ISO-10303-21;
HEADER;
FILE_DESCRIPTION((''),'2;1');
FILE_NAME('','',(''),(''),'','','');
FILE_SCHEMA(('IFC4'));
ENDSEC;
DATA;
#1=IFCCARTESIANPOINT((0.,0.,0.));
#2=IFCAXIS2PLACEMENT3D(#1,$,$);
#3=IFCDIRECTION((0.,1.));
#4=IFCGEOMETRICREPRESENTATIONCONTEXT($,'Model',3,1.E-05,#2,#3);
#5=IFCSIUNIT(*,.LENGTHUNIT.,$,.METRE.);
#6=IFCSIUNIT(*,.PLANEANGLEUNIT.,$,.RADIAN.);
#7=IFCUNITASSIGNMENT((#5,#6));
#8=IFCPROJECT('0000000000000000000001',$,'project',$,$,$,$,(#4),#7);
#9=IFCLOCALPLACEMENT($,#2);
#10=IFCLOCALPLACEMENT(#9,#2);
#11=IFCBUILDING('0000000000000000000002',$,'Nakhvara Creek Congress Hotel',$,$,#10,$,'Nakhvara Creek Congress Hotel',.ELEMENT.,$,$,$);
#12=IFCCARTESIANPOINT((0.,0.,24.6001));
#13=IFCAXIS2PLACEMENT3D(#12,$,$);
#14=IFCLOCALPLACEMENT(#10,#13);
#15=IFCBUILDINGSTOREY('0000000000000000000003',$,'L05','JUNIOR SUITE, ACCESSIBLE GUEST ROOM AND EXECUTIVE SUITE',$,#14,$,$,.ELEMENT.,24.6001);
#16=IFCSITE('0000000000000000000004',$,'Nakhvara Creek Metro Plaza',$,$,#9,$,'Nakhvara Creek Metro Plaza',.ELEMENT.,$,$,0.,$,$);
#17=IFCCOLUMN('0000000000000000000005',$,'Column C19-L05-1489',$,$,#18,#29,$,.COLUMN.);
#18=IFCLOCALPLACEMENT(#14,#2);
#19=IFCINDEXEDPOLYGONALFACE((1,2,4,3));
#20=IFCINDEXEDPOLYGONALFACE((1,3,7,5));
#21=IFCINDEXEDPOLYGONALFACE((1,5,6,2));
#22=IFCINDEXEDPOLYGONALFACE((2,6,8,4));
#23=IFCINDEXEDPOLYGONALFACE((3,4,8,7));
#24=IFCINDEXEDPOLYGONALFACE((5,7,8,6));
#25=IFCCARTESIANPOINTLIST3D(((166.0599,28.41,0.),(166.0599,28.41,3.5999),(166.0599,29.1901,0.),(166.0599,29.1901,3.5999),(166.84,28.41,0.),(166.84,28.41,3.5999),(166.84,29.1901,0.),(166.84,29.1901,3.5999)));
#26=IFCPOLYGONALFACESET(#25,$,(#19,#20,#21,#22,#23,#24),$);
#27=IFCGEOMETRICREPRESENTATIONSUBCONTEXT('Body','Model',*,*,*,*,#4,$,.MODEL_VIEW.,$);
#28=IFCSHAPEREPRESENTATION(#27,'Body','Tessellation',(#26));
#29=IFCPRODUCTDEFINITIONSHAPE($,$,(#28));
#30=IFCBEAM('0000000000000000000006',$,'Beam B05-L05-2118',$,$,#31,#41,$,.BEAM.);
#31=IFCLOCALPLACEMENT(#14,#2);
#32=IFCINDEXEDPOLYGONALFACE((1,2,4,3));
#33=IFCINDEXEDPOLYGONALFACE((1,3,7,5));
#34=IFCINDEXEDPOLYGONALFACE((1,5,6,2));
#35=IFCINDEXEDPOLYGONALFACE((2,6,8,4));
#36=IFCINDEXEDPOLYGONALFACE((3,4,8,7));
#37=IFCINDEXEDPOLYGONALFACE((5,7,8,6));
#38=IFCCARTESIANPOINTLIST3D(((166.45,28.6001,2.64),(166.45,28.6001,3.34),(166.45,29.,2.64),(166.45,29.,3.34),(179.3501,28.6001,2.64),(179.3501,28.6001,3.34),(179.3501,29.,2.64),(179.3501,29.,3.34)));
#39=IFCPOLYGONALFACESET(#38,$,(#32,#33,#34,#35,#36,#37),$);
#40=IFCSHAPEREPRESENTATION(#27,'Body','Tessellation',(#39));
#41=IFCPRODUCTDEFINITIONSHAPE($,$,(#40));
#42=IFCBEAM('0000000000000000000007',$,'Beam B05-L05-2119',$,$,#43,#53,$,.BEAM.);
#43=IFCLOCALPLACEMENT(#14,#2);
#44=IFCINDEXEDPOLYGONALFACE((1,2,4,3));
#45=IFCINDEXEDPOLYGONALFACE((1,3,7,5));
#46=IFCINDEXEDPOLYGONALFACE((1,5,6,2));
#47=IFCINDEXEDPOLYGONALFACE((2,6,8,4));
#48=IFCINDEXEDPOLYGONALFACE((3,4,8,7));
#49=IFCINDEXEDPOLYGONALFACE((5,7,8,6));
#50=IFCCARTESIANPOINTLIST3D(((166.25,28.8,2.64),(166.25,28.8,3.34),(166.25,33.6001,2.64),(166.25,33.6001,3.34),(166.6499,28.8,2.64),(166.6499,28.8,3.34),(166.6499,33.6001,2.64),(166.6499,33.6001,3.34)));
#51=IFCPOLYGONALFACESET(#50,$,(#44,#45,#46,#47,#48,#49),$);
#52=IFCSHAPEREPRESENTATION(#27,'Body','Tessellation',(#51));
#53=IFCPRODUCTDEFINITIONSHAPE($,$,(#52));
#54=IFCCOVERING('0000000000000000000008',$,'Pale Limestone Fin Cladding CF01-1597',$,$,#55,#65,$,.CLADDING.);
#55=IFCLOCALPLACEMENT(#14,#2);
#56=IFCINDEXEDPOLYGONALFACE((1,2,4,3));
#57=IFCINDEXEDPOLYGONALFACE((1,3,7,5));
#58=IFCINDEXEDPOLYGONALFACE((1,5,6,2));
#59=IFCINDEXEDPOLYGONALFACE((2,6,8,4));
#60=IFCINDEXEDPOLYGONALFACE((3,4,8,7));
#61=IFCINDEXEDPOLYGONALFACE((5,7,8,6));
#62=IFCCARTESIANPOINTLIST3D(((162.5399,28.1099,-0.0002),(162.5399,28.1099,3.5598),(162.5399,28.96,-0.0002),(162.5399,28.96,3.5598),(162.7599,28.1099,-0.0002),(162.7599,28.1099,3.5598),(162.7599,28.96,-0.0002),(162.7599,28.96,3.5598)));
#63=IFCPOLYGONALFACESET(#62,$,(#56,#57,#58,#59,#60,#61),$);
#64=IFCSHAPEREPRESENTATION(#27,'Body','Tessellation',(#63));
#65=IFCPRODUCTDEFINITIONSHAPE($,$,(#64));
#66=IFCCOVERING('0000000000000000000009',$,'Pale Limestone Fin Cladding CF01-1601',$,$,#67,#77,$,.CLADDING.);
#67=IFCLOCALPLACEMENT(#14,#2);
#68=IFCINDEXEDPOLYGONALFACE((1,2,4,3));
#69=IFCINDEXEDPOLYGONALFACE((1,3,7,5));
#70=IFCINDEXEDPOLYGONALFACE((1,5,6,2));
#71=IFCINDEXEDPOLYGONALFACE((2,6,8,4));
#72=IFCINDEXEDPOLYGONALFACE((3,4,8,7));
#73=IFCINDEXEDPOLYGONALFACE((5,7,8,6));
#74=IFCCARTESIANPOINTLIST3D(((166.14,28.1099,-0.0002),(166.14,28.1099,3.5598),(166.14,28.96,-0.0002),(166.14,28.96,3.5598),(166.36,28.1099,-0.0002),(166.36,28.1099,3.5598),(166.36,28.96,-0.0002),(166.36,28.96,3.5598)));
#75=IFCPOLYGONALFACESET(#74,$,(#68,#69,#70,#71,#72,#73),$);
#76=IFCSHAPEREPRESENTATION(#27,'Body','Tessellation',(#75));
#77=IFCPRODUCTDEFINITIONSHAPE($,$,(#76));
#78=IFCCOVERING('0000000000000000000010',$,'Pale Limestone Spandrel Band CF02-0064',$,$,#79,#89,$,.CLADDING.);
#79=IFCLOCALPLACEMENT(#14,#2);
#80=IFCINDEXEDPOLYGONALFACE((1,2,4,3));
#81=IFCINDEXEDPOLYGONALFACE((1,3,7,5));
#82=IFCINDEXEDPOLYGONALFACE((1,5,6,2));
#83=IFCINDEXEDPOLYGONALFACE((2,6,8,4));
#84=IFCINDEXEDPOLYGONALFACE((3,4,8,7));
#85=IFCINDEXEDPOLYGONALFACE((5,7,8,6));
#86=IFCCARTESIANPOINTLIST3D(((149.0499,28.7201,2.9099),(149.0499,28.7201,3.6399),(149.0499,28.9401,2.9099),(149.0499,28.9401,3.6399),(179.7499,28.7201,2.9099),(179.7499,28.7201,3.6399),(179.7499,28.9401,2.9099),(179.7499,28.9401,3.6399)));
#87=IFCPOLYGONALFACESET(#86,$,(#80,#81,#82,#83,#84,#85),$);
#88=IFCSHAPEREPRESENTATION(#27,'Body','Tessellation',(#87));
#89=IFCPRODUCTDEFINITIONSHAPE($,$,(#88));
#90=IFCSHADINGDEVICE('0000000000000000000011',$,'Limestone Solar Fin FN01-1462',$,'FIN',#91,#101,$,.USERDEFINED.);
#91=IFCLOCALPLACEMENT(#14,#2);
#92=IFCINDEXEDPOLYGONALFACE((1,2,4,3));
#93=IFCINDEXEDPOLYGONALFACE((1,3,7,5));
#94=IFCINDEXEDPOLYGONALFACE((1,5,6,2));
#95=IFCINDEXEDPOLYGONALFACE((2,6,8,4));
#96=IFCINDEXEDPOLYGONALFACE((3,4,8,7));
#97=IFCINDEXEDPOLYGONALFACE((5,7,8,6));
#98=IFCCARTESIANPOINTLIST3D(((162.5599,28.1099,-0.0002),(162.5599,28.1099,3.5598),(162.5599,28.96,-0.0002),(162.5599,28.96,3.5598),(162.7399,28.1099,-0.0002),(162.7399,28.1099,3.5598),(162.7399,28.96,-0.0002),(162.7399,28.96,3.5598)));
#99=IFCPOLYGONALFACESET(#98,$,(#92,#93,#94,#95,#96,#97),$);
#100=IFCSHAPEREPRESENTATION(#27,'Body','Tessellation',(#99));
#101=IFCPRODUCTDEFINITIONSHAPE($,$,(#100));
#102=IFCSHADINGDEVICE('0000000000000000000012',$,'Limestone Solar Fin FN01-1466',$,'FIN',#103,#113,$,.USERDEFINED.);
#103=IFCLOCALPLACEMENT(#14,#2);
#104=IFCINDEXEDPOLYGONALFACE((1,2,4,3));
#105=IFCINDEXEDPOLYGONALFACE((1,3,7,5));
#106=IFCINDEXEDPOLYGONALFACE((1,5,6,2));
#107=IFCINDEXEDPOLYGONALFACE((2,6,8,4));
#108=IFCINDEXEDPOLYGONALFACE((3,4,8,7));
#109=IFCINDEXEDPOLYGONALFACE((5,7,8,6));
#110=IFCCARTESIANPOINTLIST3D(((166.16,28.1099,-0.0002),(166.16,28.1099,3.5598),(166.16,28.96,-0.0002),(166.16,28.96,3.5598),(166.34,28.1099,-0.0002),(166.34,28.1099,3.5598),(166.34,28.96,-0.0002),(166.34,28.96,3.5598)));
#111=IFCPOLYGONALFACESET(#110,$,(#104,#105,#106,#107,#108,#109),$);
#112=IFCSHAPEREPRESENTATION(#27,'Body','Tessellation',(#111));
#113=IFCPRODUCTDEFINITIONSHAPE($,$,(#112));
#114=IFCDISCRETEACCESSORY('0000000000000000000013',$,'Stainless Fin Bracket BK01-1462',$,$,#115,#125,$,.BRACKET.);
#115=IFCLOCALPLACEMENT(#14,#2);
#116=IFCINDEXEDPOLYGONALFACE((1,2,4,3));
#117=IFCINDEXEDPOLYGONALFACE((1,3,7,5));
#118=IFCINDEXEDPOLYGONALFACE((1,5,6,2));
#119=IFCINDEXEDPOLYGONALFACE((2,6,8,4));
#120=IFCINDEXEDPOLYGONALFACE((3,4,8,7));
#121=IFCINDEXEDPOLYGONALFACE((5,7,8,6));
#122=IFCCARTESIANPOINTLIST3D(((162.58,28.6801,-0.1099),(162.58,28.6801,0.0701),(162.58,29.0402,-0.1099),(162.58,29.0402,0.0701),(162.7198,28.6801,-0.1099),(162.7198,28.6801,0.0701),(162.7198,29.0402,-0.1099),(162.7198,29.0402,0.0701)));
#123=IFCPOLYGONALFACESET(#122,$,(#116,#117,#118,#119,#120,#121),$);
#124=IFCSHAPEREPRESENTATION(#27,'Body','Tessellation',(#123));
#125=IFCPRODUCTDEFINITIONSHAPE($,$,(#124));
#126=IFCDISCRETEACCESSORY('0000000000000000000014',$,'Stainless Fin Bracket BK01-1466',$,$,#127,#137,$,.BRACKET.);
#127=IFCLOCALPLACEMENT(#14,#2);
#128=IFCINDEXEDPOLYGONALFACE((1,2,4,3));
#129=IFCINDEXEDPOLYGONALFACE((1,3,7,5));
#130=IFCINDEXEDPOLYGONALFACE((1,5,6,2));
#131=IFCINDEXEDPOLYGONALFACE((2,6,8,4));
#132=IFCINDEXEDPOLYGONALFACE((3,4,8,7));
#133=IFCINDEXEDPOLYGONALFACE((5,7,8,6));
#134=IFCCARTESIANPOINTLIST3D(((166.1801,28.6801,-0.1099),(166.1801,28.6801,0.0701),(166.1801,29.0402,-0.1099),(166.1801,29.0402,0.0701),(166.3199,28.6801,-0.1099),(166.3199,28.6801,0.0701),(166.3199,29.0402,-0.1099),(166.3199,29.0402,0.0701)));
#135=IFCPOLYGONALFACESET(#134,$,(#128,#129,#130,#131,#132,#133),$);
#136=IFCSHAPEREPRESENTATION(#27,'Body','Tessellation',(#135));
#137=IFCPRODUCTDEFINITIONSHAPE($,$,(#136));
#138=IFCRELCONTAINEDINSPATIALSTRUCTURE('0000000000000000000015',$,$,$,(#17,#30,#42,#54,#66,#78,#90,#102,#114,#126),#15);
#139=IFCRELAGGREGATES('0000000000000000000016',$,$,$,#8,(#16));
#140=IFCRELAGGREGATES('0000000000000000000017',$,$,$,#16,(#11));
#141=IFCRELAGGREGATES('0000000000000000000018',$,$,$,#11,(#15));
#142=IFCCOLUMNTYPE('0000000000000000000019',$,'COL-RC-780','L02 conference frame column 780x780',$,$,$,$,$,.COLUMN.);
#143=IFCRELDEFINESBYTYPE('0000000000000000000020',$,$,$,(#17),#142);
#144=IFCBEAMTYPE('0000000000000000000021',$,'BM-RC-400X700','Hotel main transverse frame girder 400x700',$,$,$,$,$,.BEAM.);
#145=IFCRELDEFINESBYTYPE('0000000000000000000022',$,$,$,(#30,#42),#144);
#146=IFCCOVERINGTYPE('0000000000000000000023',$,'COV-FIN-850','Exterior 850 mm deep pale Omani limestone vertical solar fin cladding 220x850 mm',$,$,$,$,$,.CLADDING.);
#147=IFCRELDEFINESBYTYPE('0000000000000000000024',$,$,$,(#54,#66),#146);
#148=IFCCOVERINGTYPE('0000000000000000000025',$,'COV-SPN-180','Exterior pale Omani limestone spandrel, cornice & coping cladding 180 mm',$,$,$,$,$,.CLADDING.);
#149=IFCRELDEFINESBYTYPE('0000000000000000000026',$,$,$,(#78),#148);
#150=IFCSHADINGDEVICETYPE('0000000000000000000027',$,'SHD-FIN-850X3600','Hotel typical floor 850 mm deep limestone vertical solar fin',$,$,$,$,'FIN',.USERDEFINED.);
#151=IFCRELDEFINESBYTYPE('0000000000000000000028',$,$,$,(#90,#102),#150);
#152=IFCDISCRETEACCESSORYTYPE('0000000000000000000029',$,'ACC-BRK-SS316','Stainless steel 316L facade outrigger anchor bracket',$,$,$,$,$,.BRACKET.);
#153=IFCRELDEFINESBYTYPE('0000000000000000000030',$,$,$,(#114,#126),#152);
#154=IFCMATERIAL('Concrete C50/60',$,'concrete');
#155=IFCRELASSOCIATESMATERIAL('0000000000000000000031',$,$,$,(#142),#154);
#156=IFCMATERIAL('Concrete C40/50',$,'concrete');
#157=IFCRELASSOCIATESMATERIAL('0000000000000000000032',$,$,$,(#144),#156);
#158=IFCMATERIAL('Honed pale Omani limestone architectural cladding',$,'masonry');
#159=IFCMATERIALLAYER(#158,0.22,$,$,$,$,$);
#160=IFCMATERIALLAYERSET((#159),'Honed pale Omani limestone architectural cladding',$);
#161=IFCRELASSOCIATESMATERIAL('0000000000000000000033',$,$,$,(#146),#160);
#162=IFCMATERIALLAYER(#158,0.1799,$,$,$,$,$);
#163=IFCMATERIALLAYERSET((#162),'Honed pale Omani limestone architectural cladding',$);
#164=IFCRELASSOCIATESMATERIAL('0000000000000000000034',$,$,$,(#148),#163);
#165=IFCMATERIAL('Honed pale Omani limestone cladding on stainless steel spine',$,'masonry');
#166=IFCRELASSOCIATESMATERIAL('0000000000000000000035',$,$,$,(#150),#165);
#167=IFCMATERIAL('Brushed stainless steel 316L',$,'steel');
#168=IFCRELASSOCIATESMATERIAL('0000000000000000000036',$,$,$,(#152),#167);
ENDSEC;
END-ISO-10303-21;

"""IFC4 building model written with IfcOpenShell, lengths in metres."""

from ifc_helpers import new_model, si_unit, direction, frame, origin, origin_2d, place, context, subcontext, project, spatial, rectangle, extrude, material, layer, layer_set, material_profile, profile_set, type_object, element, save


model = new_model("IFC4")

# Units and contexts
model_context = context("Model", 3, precision=1e-05, world=origin(), true_north=direction((0.0, 1.0)))
body_context = subcontext(model_context, "Body", "Model", "MODEL_VIEW")
ifc_project = project(units=[si_unit("LENGTHUNIT", "METRE"), si_unit("PLANEANGLEUNIT", "RADIAN")], contexts=[model_context])

# Site, building, storey
site_placement = place(None, origin())
site = spatial("IfcSite", under=ifc_project, at=site_placement, Name="Nakhvara Creek Metro Plaza", LongName="Nakhvara Creek Metro Plaza", CompositionType="ELEMENT", RefElevation=0.0)
building_placement = place(site_placement, origin())
building = spatial("IfcBuilding", under=site, at=building_placement, Name="Nakhvara Creek Congress Hotel", LongName="Nakhvara Creek Congress Hotel", CompositionType="ELEMENT")
storey_placement = place(building_placement, frame((0.0, 0.0, 24.6001)))
storey = spatial("IfcBuildingStorey", under=building, at=storey_placement, Name="L05", Description="JUNIOR SUITE, ACCESSIBLE GUEST ROOM AND EXECUTIVE SUITE", CompositionType="ELEMENT", Elevation=24.6001)

# Column
ifc_material_1 = material(Name="Concrete C50/60", Category="concrete")
ifc_material_profile_1 = material_profile(ifc_material_1, rectangle(XDim=0.78, YDim=0.78, at=origin_2d()), Name="RC-COL 780x780", Category="LoadBearing")
ifc_profile_set_1 = profile_set([ifc_material_profile_1], Name="Concrete C50/60")
column_type = type_object("IfcColumnType", Name="COL-RC-780", Description="L02 conference frame column 780x780", PredefinedType="COLUMN", material=ifc_profile_set_1)
column_placement = place(storey_placement, frame((166.45, 28.8, 0.0), z_axis=(0.0, 0.0, 1.0), x_axis=(1.0, 0.0, 0.0)))
element("IfcColumn", 1, at=column_placement, inside=storey, type_object=column_type, Name="Column C19-L05-1489", PredefinedType="COLUMN", context=body_context, shape_type="SweptSolid", body=[
    extrude(rectangle(XDim=0.78, YDim=0.78, at=origin_2d()), origin(), (0.0, 0.0, 1.0), 3.5999),
])

# Beams
ifc_material_2 = material(Name="Concrete C40/50", Category="concrete")
ifc_material_profile_2 = material_profile(ifc_material_2, rectangle(XDim=0.3999, YDim=0.7, at=origin_2d()), Name="RC-BM 400x700", Category="LoadBearing")
ifc_profile_set_2 = profile_set([ifc_material_profile_2], Name="Concrete C40/50")
beam_type = type_object("IfcBeamType", Name="BM-RC-400X700", Description="Hotel main transverse frame girder 400x700", PredefinedType="BEAM", material=ifc_profile_set_2)
beam_1_placement = place(storey_placement, frame((166.45, 28.8, 2.99), z_axis=(1.0, 0.0, 0.0), x_axis=(0.0, 1.0, 0.0)))
element("IfcBeam", 2, at=beam_1_placement, inside=storey, type_object=beam_type, Name="Beam B05-L05-2118", PredefinedType="BEAM", context=body_context, shape_type="SweptSolid", body=[
    extrude(rectangle(XDim=0.3999, YDim=0.7, at=origin_2d()), origin(), (0.0, 0.0, 1.0), 12.9001),
])
beam_2_placement = place(storey_placement, frame((166.45, 28.8, 2.99), z_axis=(0.0, 1.0, 0.0), x_axis=(-1.0, 0.0, 0.0)))
element("IfcBeam", 3, at=beam_2_placement, inside=storey, type_object=beam_type, Name="Beam B05-L05-2119", PredefinedType="BEAM", context=body_context, shape_type="SweptSolid", body=[
    extrude(rectangle(XDim=0.3999, YDim=0.7, at=origin_2d()), origin(), (0.0, 0.0, 1.0), 4.8),
])

# Coverings
ifc_material_3 = material(Name="Honed pale Omani limestone architectural cladding", Category="masonry")
ifc_layer_1 = layer(ifc_material_3, 0.22)
ifc_layer_set_1 = layer_set([ifc_layer_1], Name="Honed pale Omani limestone architectural cladding")
covering_type_1 = type_object("IfcCoveringType", Name="COV-FIN-850", Description="Exterior 850 mm deep pale Omani limestone vertical solar fin cladding 220x850 mm", PredefinedType="CLADDING", material=ifc_layer_set_1)
for number, where, z_axis, x_axis, name in (
    (4, (162.6499, 28.5349, -0.0002), (0.0, 0.0, 1.0), (1.0, 0.0, 0.0), "Pale Limestone Fin Cladding CF01-1597"),
    (5, (166.25, 28.5349, -0.0002), (0.0, 0.0, 1.0), (1.0, 0.0, 0.0), "Pale Limestone Fin Cladding CF01-1601"),
):
    element("IfcCovering", number, at=place(storey_placement, frame(where, z_axis=z_axis, x_axis=x_axis)), inside=storey, type_object=covering_type_1, Name=name, PredefinedType="CLADDING", context=body_context, shape_type="SweptSolid", body=[
        extrude(rectangle(XDim=0.22, YDim=0.8501, at=origin_2d()), origin(), (0.0, 0.0, 1.0), 3.5601),
    ])
ifc_layer_2 = layer(ifc_material_3, 0.1799)
ifc_layer_set_2 = layer_set([ifc_layer_2], Name="Honed pale Omani limestone architectural cladding")
covering_type_2 = type_object("IfcCoveringType", Name="COV-SPN-180", Description="Exterior pale Omani limestone spandrel, cornice & coping cladding 180 mm", PredefinedType="CLADDING", material=ifc_layer_set_2)
covering_placement = place(storey_placement, frame((164.3999, 28.8301, 2.9099), z_axis=(0.0, 0.0, 1.0), x_axis=(1.0, 0.0, 0.0)))
element("IfcCovering", 6, at=covering_placement, inside=storey, type_object=covering_type_2, Name="Pale Limestone Spandrel Band CF02-0064", PredefinedType="CLADDING", context=body_context, shape_type="SweptSolid", body=[
    extrude(rectangle(XDim=30.7, YDim=0.22, at=origin_2d()), origin(), (0.0, 0.0, 1.0), 0.73),
])

# Shading devices
ifc_material_4 = material(Name="Honed pale Omani limestone cladding on stainless steel spine", Category="masonry")
shading_device_type = type_object("IfcShadingDeviceType", Name="SHD-FIN-850X3600", Description="Hotel typical floor 850 mm deep limestone vertical solar fin", ElementType="FIN", PredefinedType="USERDEFINED", material=ifc_material_4)
for number, where, z_axis, x_axis, name in (
    (7, (162.6499, 28.5349, -0.0002), (0.0, 0.0, 1.0), (1.0, 0.0, 0.0), "Limestone Solar Fin FN01-1462"),
    (8, (166.25, 28.5349, -0.0002), (0.0, 0.0, 1.0), (1.0, 0.0, 0.0), "Limestone Solar Fin FN01-1466"),
):
    element("IfcShadingDevice", number, at=place(storey_placement, frame(where, z_axis=z_axis, x_axis=x_axis)), inside=storey, type_object=shading_device_type, Name=name, ObjectType="FIN", PredefinedType="USERDEFINED", context=body_context, shape_type="SweptSolid", body=[
        extrude(rectangle(XDim=0.1799, YDim=0.8501, at=origin_2d()), origin(), (0.0, 0.0, 1.0), 3.5601),
    ])

# Discrete accessories
ifc_material_5 = material(Name="Brushed stainless steel 316L", Category="steel")
discrete_accessory_type = type_object("IfcDiscreteAccessoryType", Name="ACC-BRK-SS316", Description="Stainless steel 316L facade outrigger anchor bracket", PredefinedType="BRACKET", material=ifc_material_5)
for number, where, z_axis, x_axis, name in (
    (9, (162.6499, 28.8601, -0.1099), (0.0, 0.0, 1.0), (1.0, 0.0, 0.0), "Stainless Fin Bracket BK01-1462"),
    (10, (166.25, 28.8601, -0.1099), (0.0, 0.0, 1.0), (1.0, 0.0, 0.0), "Stainless Fin Bracket BK01-1466"),
):
    element("IfcDiscreteAccessory", number, at=place(storey_placement, frame(where, z_axis=z_axis, x_axis=x_axis)), inside=storey, type_object=discrete_accessory_type, Name=name, PredefinedType="BRACKET", context=body_context, shape_type="SweptSolid", body=[
        extrude(rectangle(XDim=0.1399, YDim=0.3601, at=origin_2d()), origin(), (0.0, 0.0, 1.0), 0.1799),
    ])

save(model, "model.ifc")
